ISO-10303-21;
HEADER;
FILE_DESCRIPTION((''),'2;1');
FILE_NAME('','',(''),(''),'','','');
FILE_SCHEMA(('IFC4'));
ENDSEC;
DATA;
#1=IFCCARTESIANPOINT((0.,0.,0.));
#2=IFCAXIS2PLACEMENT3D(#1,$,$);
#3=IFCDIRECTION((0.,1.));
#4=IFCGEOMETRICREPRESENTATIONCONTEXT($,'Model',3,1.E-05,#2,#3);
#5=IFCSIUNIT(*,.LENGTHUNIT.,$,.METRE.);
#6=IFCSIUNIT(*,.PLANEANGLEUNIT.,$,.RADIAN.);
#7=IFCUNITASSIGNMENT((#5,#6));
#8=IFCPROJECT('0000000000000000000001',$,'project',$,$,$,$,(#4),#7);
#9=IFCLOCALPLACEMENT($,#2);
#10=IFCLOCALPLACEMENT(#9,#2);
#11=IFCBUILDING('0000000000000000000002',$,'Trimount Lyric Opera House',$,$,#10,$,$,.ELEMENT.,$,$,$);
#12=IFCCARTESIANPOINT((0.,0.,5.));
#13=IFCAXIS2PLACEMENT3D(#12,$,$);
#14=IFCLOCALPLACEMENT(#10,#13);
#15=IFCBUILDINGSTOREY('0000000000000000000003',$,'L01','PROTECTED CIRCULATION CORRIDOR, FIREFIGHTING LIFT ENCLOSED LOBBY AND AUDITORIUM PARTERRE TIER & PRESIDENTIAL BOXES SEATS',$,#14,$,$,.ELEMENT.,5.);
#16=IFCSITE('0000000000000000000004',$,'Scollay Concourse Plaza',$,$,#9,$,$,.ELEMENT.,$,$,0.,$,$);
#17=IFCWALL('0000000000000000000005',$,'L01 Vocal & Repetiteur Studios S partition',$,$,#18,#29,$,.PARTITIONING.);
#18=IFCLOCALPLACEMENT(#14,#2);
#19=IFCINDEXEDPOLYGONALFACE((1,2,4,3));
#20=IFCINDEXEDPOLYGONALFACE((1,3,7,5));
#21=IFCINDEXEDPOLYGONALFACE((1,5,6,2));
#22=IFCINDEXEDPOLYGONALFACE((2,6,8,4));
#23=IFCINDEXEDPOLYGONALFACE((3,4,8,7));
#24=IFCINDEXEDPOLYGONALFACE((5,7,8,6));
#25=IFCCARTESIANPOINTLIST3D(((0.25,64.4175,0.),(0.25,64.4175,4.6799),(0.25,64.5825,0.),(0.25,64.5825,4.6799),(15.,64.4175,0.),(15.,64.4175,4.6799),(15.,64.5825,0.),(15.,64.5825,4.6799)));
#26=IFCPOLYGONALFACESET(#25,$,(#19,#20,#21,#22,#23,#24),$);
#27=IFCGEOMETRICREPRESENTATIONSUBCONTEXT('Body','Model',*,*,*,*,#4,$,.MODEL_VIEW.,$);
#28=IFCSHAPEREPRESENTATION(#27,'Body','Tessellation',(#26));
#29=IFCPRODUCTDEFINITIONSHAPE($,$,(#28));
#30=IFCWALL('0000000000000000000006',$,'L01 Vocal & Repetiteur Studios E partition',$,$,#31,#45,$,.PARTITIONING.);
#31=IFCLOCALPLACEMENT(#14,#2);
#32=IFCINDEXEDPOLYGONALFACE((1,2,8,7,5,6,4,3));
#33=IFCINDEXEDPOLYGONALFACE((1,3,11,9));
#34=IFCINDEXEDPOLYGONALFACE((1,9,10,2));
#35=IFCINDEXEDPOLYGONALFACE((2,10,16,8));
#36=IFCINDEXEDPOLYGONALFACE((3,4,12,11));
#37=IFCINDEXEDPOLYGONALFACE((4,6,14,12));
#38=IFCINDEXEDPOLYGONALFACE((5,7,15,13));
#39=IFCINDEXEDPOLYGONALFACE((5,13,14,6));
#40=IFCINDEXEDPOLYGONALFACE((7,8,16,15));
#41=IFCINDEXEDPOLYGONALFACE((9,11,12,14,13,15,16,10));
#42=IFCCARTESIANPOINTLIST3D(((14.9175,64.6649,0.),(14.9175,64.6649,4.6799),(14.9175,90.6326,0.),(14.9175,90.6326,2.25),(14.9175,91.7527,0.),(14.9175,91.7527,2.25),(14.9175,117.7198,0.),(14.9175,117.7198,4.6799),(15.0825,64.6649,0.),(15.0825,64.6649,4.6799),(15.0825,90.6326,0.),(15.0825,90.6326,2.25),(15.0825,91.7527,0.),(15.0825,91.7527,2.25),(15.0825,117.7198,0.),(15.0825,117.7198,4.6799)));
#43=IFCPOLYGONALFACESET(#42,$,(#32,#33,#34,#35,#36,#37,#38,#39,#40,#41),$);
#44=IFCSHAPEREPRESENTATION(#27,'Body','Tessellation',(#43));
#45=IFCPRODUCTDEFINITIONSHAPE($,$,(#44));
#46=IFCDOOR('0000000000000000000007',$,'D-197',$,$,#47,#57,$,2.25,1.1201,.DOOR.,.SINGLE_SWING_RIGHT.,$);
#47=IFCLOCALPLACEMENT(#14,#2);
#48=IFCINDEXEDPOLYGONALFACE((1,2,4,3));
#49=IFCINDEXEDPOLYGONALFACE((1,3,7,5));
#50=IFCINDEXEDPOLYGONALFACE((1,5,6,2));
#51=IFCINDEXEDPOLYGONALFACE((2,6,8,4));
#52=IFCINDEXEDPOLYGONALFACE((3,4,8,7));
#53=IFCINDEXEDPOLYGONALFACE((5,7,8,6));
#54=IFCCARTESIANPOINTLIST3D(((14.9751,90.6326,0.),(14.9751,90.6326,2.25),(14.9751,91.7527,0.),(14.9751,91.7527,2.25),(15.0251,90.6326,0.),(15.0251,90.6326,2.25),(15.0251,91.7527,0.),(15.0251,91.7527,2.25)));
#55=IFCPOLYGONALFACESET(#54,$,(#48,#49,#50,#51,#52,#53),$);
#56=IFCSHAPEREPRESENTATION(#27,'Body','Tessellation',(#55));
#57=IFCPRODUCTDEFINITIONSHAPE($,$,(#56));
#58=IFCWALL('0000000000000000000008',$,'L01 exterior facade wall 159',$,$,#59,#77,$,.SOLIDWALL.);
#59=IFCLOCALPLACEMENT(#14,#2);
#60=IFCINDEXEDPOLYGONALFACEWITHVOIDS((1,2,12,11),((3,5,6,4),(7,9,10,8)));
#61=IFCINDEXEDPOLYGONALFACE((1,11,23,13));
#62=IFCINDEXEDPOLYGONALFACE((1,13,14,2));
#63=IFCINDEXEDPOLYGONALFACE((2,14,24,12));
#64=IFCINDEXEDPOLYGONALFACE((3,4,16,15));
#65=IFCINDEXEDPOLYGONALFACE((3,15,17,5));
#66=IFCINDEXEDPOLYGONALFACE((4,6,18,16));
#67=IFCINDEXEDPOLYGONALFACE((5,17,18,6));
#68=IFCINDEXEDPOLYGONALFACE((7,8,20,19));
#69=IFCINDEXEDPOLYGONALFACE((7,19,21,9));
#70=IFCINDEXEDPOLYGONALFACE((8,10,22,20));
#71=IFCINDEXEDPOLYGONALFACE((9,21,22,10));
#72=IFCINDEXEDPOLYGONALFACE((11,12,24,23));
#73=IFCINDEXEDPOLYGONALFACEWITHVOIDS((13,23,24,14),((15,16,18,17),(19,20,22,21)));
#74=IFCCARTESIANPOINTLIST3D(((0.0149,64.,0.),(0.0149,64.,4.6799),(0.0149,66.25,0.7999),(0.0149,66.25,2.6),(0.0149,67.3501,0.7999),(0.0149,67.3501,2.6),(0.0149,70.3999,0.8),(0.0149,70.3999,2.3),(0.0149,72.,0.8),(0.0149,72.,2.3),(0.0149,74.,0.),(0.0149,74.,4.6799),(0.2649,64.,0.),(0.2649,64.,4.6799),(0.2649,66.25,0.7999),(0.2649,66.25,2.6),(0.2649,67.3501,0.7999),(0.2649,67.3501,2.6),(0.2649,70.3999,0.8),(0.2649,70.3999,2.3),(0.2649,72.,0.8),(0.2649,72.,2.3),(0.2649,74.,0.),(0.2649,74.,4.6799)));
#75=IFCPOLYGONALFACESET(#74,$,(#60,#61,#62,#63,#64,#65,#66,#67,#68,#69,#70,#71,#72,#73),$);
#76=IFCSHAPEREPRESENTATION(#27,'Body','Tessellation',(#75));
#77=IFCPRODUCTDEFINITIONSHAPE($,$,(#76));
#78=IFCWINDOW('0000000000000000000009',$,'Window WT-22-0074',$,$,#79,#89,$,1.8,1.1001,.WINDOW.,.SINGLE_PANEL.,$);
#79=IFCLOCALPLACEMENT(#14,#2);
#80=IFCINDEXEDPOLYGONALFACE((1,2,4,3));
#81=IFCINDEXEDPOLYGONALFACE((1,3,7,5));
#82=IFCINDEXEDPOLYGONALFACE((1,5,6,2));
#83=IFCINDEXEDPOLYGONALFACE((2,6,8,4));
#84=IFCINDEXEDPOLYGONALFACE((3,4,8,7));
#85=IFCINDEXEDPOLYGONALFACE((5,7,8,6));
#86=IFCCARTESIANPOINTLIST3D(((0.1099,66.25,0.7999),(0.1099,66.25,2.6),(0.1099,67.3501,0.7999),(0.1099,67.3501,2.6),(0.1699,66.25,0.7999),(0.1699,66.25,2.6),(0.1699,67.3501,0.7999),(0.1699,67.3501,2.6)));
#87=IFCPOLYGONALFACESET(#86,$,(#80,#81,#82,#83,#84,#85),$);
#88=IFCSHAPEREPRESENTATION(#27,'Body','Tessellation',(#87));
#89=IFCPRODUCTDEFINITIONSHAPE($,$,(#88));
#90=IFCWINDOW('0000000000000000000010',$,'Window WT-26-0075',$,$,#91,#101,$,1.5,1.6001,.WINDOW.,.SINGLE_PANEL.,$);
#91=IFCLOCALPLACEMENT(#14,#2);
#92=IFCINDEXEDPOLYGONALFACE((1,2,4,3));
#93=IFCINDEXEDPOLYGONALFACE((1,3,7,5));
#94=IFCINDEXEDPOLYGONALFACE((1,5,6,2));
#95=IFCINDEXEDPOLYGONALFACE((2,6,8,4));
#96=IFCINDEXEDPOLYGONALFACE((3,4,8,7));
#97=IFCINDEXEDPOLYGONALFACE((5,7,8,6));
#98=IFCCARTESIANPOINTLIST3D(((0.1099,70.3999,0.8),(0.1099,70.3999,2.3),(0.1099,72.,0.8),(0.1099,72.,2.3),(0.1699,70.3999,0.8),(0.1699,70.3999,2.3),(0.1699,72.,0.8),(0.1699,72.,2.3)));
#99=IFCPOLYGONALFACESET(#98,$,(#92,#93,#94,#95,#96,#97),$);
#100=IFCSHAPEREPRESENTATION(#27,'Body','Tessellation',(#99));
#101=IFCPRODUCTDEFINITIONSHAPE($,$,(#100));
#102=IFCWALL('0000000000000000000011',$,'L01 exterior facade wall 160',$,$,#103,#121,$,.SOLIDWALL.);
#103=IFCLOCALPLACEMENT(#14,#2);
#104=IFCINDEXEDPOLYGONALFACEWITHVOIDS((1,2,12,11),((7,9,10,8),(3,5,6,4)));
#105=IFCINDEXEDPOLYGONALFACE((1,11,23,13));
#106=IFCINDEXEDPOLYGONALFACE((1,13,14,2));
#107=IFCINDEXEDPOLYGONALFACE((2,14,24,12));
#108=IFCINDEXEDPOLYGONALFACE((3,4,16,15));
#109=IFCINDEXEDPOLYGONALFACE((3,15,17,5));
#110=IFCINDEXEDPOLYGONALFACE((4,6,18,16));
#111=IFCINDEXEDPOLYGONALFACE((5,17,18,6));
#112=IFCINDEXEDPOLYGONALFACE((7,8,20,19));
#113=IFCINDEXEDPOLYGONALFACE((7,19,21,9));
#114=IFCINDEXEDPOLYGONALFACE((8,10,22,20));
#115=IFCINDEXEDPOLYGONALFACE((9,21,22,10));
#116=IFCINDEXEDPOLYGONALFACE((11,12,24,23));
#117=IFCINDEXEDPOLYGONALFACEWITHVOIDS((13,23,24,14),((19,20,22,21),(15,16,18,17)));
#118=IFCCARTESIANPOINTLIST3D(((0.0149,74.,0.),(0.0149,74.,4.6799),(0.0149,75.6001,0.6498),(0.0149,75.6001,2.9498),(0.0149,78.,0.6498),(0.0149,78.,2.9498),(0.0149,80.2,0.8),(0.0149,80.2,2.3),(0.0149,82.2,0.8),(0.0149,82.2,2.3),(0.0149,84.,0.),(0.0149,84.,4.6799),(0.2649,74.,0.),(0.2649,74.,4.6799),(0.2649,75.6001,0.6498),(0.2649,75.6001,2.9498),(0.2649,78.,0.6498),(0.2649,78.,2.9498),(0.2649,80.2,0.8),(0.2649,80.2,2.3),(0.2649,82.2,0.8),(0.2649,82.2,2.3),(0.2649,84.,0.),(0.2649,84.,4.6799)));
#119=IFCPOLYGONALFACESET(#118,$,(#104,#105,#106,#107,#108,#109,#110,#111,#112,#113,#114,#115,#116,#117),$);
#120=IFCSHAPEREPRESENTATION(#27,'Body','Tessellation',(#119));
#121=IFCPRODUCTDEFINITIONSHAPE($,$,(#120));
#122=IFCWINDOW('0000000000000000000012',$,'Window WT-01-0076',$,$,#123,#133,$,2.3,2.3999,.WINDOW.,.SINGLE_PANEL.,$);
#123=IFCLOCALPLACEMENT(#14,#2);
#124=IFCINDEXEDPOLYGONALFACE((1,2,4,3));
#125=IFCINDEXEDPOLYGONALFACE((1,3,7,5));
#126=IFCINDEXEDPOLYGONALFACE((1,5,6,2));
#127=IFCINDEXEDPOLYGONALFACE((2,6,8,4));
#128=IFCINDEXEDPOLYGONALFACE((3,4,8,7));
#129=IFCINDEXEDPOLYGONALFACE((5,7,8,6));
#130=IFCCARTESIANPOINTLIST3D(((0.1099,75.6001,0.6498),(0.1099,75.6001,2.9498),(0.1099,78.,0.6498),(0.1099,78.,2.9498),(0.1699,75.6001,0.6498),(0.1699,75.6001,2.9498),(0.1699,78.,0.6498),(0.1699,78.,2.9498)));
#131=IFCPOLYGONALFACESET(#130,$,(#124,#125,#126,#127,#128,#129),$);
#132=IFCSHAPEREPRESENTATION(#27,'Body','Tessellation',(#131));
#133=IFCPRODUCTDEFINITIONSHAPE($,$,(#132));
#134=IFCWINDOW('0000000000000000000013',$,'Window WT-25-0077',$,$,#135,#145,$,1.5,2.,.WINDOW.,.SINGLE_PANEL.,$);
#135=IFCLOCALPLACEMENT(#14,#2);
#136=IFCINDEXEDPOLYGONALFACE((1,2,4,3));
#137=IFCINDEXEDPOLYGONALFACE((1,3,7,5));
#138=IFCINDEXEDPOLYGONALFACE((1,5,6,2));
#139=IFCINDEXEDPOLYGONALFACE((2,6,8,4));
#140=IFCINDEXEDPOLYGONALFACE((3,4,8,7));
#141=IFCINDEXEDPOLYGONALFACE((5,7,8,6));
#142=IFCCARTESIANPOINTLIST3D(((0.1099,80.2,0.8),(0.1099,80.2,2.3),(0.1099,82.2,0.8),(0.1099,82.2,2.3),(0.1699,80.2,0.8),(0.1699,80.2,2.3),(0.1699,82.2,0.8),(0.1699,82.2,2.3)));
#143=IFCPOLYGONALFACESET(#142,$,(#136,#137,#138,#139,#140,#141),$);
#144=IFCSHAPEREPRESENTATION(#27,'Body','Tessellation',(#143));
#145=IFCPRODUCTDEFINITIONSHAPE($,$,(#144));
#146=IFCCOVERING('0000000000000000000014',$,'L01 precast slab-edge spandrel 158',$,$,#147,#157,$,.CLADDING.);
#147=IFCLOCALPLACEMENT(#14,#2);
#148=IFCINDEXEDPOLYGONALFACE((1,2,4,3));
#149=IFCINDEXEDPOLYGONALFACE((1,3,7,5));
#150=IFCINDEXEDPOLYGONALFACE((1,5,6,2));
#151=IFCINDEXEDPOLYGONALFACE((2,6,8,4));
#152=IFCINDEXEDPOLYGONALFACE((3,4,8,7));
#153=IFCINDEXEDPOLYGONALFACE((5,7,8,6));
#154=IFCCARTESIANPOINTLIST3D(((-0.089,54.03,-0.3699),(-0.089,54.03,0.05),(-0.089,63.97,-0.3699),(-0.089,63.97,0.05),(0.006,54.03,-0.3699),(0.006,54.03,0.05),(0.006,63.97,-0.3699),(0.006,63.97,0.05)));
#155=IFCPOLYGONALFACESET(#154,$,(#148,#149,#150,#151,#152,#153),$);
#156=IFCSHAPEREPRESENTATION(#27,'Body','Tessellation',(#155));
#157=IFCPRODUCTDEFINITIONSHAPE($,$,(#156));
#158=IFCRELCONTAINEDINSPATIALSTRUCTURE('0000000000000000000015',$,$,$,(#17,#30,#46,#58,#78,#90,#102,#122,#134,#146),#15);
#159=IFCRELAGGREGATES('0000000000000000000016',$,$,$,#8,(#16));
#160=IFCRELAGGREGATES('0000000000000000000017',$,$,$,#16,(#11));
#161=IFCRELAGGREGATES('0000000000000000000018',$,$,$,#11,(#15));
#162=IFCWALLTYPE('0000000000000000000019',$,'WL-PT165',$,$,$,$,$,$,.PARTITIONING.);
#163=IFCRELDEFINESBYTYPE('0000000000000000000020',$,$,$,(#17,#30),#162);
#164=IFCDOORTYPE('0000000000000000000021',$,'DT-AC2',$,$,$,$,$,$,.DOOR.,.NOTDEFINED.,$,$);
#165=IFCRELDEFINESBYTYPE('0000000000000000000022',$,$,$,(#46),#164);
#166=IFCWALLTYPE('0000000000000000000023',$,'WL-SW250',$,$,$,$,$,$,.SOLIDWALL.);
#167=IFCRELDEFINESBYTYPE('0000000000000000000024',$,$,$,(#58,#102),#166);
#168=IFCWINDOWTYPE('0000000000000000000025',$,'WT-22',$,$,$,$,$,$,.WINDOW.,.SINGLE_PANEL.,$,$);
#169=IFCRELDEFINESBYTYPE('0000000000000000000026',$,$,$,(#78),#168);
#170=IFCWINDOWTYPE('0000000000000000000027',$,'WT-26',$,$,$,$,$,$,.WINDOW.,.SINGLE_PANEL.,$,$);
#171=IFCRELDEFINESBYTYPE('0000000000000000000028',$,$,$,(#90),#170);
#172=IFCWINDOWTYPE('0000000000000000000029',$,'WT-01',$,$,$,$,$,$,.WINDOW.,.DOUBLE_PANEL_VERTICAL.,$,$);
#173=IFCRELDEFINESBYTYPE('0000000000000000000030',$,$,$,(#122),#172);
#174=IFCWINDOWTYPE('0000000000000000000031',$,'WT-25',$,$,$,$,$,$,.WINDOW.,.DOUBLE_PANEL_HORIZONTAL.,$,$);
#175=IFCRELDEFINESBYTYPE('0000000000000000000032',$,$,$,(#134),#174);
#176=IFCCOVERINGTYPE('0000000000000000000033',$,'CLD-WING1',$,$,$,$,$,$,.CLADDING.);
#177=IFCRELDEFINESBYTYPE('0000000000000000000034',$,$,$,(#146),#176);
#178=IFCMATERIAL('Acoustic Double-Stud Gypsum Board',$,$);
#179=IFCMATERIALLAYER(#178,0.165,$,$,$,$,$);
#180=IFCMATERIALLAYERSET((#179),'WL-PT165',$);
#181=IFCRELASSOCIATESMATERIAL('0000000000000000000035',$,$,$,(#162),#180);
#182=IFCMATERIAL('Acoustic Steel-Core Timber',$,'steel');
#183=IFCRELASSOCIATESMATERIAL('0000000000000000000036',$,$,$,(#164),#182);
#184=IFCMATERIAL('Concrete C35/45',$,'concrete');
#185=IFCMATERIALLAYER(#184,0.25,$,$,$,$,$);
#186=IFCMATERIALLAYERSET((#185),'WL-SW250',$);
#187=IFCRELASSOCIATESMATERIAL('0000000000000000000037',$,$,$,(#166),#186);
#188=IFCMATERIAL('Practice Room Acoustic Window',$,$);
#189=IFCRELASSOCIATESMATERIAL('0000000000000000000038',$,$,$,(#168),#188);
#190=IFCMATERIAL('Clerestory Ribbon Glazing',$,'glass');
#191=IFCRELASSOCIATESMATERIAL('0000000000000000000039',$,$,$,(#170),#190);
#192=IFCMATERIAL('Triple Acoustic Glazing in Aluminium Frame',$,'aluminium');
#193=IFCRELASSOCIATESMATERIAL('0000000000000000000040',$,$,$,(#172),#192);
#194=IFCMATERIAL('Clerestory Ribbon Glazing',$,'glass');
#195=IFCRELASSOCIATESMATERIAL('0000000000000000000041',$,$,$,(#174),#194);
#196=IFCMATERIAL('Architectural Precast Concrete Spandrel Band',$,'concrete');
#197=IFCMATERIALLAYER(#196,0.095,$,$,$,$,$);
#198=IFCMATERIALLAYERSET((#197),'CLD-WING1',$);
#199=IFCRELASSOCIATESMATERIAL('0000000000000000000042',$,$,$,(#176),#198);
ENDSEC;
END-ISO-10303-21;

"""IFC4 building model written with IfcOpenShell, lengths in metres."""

from ifc_helpers import new_model, si_unit, direction, frame, frame_2d, origin, origin_2d, place, context, subcontext, project, spatial, rectangle, extrude, material, layer, layer_set, type_object, element, fill, save


model = new_model("IFC4")

# Units and contexts
model_context = context("Model", 3, precision=1e-05, world=origin(), true_north=direction((0.0, 1.0)))
body_context = subcontext(model_context, "Body", "Model", "MODEL_VIEW")
ifc_project = project(units=[si_unit("LENGTHUNIT", "METRE"), si_unit("PLANEANGLEUNIT", "RADIAN")], contexts=[model_context])

# Site, building, storey
site_placement = place(None, origin())
site = spatial("IfcSite", under=ifc_project, at=site_placement, Name="Scollay Concourse Plaza", CompositionType="ELEMENT", RefElevation=0.0)
building_placement = place(site_placement, origin())
building = spatial("IfcBuilding", under=site, at=building_placement, Name="Trimount Lyric Opera House", CompositionType="ELEMENT")
storey_placement = place(building_placement, frame((0.0, 0.0, 5.0)))
storey = spatial("IfcBuildingStorey", under=building, at=storey_placement, Name="L01", Description="PROTECTED CIRCULATION CORRIDOR, FIREFIGHTING LIFT ENCLOSED LOBBY AND AUDITORIUM PARTERRE TIER & PRESIDENTIAL BOXES SEATS", CompositionType="ELEMENT", Elevation=5.0)

# Wall
ifc_material_1 = material(Name="Acoustic Double-Stud Gypsum Board")
ifc_layer_1 = layer(ifc_material_1, 0.165)
ifc_layer_set_1 = layer_set([ifc_layer_1], Name="WL-PT165")
wall_type_1 = type_object("IfcWallType", Name="WL-PT165", PredefinedType="PARTITIONING", material=ifc_layer_set_1)
wall_1_placement = place(storey_placement, frame((0.25, 64.5, 0.0), z_axis=(0.0, 0.0, 1.0), x_axis=(1.0, 0.0, 0.0)))
element("IfcWall", 1, at=wall_1_placement, inside=storey, type_object=wall_type_1, Name="L01 Vocal & Repetiteur Studios S partition", PredefinedType="PARTITIONING", context=body_context, shape_type="SweptSolid", body=[
    extrude(rectangle(XDim=14.75, YDim=0.165, at=frame_2d((7.375, 0.0))), origin(), (0.0, 0.0, 1.0), 4.6799),
])

# Wall, opening, door
wall_2_placement = place(storey_placement, frame((15.0, 64.665, 0.0), z_axis=(0.0, 0.0, 1.0), x_axis=(0.0, 1.0, 0.0)))
wall_2 = element("IfcWall", 2, at=wall_2_placement, inside=storey, type_object=wall_type_1, Name="L01 Vocal & Repetiteur Studios E partition", PredefinedType="PARTITIONING", context=body_context, shape_type="SweptSolid", body=[
    extrude(rectangle(XDim=53.0549, YDim=0.165, at=frame_2d((26.5273, 0.0))), origin(), (0.0, 0.0, 1.0), 4.6799),
])
opening_1_placement = place(wall_2_placement, frame((25.9675, 0.0, 0.0)))
opening_1 = element("IfcOpeningElement", 3, at=opening_1_placement, cuts=wall_2, PredefinedType="OPENING", context=body_context, shape_type="SweptSolid", body=[
    extrude(rectangle(XDim=1.1201, YDim=2.25, at=frame_2d((0.5601, 1.125))), frame((0.0, 0.0925, 0.0), z_axis=(0.0, -1.0, 0.0), x_axis=(1.0, 0.0, 0.0)), (0.0, 0.0, 1.0), 0.1851),
])
ifc_material_2 = material(Name="Acoustic Steel-Core Timber", Category="steel")
door_type = type_object("IfcDoorType", Name="DT-AC2", OperationType="NOTDEFINED", PredefinedType="DOOR", material=ifc_material_2)
door_placement = place(opening_1_placement, origin())
door = element("IfcDoor", 4, at=door_placement, inside=storey, type_object=door_type, Name="D-197", OperationType="SINGLE_SWING_RIGHT", OverallHeight=2.25, OverallWidth=1.1201, PredefinedType="DOOR", context=body_context, shape_type="SweptSolid", body=[
    extrude(rectangle(XDim=1.1201, YDim=2.25, at=frame_2d((0.5601, 1.125))), frame((0.0, 0.0249, 0.0), z_axis=(0.0, -1.0, 0.0), x_axis=(1.0, 0.0, 0.0)), (0.0, 0.0, 1.0), 0.05),
])
fill(opening_1, door)

# Walls, openings, windows
ifc_material_3 = material(Name="Concrete C35/45", Category="concrete")
ifc_layer_2 = layer(ifc_material_3, 0.25)
ifc_layer_set_2 = layer_set([ifc_layer_2], Name="WL-SW250")
wall_type_2 = type_object("IfcWallType", Name="WL-SW250", PredefinedType="SOLIDWALL", material=ifc_layer_set_2)
wall_3_placement = place(storey_placement, frame((0.1399, 64.0, 0.0), z_axis=(0.0, 0.0, 1.0), x_axis=(0.0, 1.0, 0.0)))
wall_3 = element("IfcWall", 5, at=wall_3_placement, inside=storey, type_object=wall_type_2, Name="L01 exterior facade wall 159", PredefinedType="SOLIDWALL", context=body_context, shape_type="SweptSolid", body=[
    extrude(rectangle(XDim=10.0, YDim=0.25, at=frame_2d((5.0, 0.0))), origin(), (0.0, 0.0, 1.0), 4.6799),
])
opening_2_placement = place(wall_3_placement, frame((2.25, 0.0, 0.8)))
opening_2 = element("IfcOpeningElement", 6, at=opening_2_placement, cuts=wall_3, PredefinedType="OPENING", context=body_context, shape_type="SweptSolid", body=[
    extrude(rectangle(XDim=1.1001, YDim=1.8, at=frame_2d((0.55, 0.8999))), frame((0.0, 0.135, 0.0), z_axis=(0.0, -1.0, 0.0), x_axis=(1.0, 0.0, 0.0)), (0.0, 0.0, 1.0), 0.27),
])
opening_3_placement = place(wall_3_placement, frame((6.3999, 0.0, 0.8)))
opening_3 = element("IfcOpeningElement", 7, at=opening_3_placement, cuts=wall_3, PredefinedType="OPENING", context=body_context, shape_type="SweptSolid", body=[
    extrude(rectangle(XDim=1.6001, YDim=1.5, at=frame_2d((0.8, 0.75))), frame((0.0, 0.135, 0.0), z_axis=(0.0, -1.0, 0.0), x_axis=(1.0, 0.0, 0.0)), (0.0, 0.0, 1.0), 0.27),
])
ifc_material_4 = material(Name="Practice Room Acoustic Window")
window_type_1 = type_object("IfcWindowType", Name="WT-22", PartitioningType="SINGLE_PANEL", PredefinedType="WINDOW", material=ifc_material_4)
window_1_placement = place(opening_2_placement, origin())
window_1 = element("IfcWindow", 8, at=window_1_placement, inside=storey, type_object=window_type_1, Name="Window WT-22-0074", OverallHeight=1.8, OverallWidth=1.1001, PartitioningType="SINGLE_PANEL", PredefinedType="WINDOW", context=body_context, shape_type="SweptSolid", body=[
    extrude(rectangle(XDim=1.1001, YDim=1.8, at=frame_2d((0.55, 0.8999))), frame((0.0, 0.03, 0.0), z_axis=(0.0, -1.0, 0.0), x_axis=(1.0, 0.0, 0.0)), (0.0, 0.0, 1.0), 0.0601),
])
fill(opening_2, window_1)
ifc_material_5 = material(Name="Clerestory Ribbon Glazing", Category="glass")
window_type_2 = type_object("IfcWindowType", Name="WT-26", PartitioningType="SINGLE_PANEL", PredefinedType="WINDOW", material=ifc_material_5)
window_2_placement = place(opening_3_placement, origin())
window_2 = element("IfcWindow", 9, at=window_2_placement, inside=storey, type_object=window_type_2, Name="Window WT-26-0075", OverallHeight=1.5, OverallWidth=1.6001, PartitioningType="SINGLE_PANEL", PredefinedType="WINDOW", context=body_context, shape_type="SweptSolid", body=[
    extrude(rectangle(XDim=1.6001, YDim=1.5, at=frame_2d((0.8, 0.75))), frame((0.0, 0.03, 0.0), z_axis=(0.0, -1.0, 0.0), x_axis=(1.0, 0.0, 0.0)), (0.0, 0.0, 1.0), 0.0601),
])
fill(opening_3, window_2)
wall_4_placement = place(storey_placement, frame((0.1399, 74.0, 0.0), z_axis=(0.0, 0.0, 1.0), x_axis=(0.0, 1.0, 0.0)))
wall_4 = element("IfcWall", 10, at=wall_4_placement, inside=storey, type_object=wall_type_2, Name="L01 exterior facade wall 160", PredefinedType="SOLIDWALL", context=body_context, shape_type="SweptSolid", body=[
    extrude(rectangle(XDim=10.0, YDim=0.25, at=frame_2d((5.0, 0.0))), origin(), (0.0, 0.0, 1.0), 4.6799),
])
opening_4_placement = place(wall_4_placement, frame((1.6001, 0.0, 0.6499)))
opening_4 = element("IfcOpeningElement", 11, at=opening_4_placement, cuts=wall_4, PredefinedType="OPENING", context=body_context, shape_type="SweptSolid", body=[
    extrude(rectangle(XDim=2.3999, YDim=2.3, at=frame_2d((1.2, 1.1499))), frame((0.0, 0.135, 0.0), z_axis=(0.0, -1.0, 0.0), x_axis=(1.0, 0.0, 0.0)), (0.0, 0.0, 1.0), 0.27),
])
opening_5_placement = place(wall_4_placement, frame((6.2, 0.0, 0.8)))
opening_5 = element("IfcOpeningElement", 12, at=opening_5_placement, cuts=wall_4, PredefinedType="OPENING", context=body_context, shape_type="SweptSolid", body=[
    extrude(rectangle(XDim=2.0, YDim=1.5, at=frame_2d((1.0, 0.75))), frame((0.0, 0.135, 0.0), z_axis=(0.0, -1.0, 0.0), x_axis=(1.0, 0.0, 0.0)), (0.0, 0.0, 1.0), 0.27),
])
ifc_material_6 = material(Name="Triple Acoustic Glazing in Aluminium Frame", Category="aluminium")
window_type_3 = type_object("IfcWindowType", Name="WT-01", PartitioningType="DOUBLE_PANEL_VERTICAL", PredefinedType="WINDOW", material=ifc_material_6)
window_3_placement = place(opening_4_placement, origin())
window_3 = element("IfcWindow", 13, at=window_3_placement, inside=storey, type_object=window_type_3, Name="Window WT-01-0076", OverallHeight=2.3, OverallWidth=2.3999, PartitioningType="SINGLE_PANEL", PredefinedType="WINDOW", context=body_context, shape_type="SweptSolid", body=[
    extrude(rectangle(XDim=2.3999, YDim=2.3, at=frame_2d((1.2, 1.1499))), frame((0.0, 0.03, 0.0), z_axis=(0.0, -1.0, 0.0), x_axis=(1.0, 0.0, 0.0)), (0.0, 0.0, 1.0), 0.0601),
])
fill(opening_4, window_3)
ifc_material_7 = material(Name="Clerestory Ribbon Glazing", Category="glass")
window_type_4 = type_object("IfcWindowType", Name="WT-25", PartitioningType="DOUBLE_PANEL_HORIZONTAL", PredefinedType="WINDOW", material=ifc_material_7)
window_4_placement = place(opening_5_placement, origin())
window_4 = element("IfcWindow", 14, at=window_4_placement, inside=storey, type_object=window_type_4, Name="Window WT-25-0077", OverallHeight=1.5, OverallWidth=2.0, PartitioningType="SINGLE_PANEL", PredefinedType="WINDOW", context=body_context, shape_type="SweptSolid", body=[
    extrude(rectangle(XDim=2.0, YDim=1.5, at=frame_2d((1.0, 0.75))), frame((0.0, 0.03, 0.0), z_axis=(0.0, -1.0, 0.0), x_axis=(1.0, 0.0, 0.0)), (0.0, 0.0, 1.0), 0.0601),
])
fill(opening_5, window_4)

# Covering
ifc_material_8 = material(Name="Architectural Precast Concrete Spandrel Band", Category="concrete")
ifc_layer_3 = layer(ifc_material_8, 0.095)
ifc_layer_set_3 = layer_set([ifc_layer_3], Name="CLD-WING1")
covering_type = type_object("IfcCoveringType", Name="CLD-WING1", PredefinedType="CLADDING", material=ifc_layer_set_3)
for number, where, z_axis, x_axis, name in (
    (15, (-0.0415, 59.0, -0.3699), (0.0, 0.0, 1.0), (0.0, 1.0, 0.0), "L01 precast slab-edge spandrel 158"),
):
    element("IfcCovering", number, at=place(storey_placement, frame(where, z_axis=z_axis, x_axis=x_axis)), inside=storey, type_object=covering_type, Name=name, PredefinedType="CLADDING", context=body_context, shape_type="SweptSolid", body=[
        extrude(rectangle(XDim=9.9399, YDim=0.095, at=origin_2d()), origin(), (0.0, 0.0, 1.0), 0.4199),
    ])

save(model, "model.ifc")
